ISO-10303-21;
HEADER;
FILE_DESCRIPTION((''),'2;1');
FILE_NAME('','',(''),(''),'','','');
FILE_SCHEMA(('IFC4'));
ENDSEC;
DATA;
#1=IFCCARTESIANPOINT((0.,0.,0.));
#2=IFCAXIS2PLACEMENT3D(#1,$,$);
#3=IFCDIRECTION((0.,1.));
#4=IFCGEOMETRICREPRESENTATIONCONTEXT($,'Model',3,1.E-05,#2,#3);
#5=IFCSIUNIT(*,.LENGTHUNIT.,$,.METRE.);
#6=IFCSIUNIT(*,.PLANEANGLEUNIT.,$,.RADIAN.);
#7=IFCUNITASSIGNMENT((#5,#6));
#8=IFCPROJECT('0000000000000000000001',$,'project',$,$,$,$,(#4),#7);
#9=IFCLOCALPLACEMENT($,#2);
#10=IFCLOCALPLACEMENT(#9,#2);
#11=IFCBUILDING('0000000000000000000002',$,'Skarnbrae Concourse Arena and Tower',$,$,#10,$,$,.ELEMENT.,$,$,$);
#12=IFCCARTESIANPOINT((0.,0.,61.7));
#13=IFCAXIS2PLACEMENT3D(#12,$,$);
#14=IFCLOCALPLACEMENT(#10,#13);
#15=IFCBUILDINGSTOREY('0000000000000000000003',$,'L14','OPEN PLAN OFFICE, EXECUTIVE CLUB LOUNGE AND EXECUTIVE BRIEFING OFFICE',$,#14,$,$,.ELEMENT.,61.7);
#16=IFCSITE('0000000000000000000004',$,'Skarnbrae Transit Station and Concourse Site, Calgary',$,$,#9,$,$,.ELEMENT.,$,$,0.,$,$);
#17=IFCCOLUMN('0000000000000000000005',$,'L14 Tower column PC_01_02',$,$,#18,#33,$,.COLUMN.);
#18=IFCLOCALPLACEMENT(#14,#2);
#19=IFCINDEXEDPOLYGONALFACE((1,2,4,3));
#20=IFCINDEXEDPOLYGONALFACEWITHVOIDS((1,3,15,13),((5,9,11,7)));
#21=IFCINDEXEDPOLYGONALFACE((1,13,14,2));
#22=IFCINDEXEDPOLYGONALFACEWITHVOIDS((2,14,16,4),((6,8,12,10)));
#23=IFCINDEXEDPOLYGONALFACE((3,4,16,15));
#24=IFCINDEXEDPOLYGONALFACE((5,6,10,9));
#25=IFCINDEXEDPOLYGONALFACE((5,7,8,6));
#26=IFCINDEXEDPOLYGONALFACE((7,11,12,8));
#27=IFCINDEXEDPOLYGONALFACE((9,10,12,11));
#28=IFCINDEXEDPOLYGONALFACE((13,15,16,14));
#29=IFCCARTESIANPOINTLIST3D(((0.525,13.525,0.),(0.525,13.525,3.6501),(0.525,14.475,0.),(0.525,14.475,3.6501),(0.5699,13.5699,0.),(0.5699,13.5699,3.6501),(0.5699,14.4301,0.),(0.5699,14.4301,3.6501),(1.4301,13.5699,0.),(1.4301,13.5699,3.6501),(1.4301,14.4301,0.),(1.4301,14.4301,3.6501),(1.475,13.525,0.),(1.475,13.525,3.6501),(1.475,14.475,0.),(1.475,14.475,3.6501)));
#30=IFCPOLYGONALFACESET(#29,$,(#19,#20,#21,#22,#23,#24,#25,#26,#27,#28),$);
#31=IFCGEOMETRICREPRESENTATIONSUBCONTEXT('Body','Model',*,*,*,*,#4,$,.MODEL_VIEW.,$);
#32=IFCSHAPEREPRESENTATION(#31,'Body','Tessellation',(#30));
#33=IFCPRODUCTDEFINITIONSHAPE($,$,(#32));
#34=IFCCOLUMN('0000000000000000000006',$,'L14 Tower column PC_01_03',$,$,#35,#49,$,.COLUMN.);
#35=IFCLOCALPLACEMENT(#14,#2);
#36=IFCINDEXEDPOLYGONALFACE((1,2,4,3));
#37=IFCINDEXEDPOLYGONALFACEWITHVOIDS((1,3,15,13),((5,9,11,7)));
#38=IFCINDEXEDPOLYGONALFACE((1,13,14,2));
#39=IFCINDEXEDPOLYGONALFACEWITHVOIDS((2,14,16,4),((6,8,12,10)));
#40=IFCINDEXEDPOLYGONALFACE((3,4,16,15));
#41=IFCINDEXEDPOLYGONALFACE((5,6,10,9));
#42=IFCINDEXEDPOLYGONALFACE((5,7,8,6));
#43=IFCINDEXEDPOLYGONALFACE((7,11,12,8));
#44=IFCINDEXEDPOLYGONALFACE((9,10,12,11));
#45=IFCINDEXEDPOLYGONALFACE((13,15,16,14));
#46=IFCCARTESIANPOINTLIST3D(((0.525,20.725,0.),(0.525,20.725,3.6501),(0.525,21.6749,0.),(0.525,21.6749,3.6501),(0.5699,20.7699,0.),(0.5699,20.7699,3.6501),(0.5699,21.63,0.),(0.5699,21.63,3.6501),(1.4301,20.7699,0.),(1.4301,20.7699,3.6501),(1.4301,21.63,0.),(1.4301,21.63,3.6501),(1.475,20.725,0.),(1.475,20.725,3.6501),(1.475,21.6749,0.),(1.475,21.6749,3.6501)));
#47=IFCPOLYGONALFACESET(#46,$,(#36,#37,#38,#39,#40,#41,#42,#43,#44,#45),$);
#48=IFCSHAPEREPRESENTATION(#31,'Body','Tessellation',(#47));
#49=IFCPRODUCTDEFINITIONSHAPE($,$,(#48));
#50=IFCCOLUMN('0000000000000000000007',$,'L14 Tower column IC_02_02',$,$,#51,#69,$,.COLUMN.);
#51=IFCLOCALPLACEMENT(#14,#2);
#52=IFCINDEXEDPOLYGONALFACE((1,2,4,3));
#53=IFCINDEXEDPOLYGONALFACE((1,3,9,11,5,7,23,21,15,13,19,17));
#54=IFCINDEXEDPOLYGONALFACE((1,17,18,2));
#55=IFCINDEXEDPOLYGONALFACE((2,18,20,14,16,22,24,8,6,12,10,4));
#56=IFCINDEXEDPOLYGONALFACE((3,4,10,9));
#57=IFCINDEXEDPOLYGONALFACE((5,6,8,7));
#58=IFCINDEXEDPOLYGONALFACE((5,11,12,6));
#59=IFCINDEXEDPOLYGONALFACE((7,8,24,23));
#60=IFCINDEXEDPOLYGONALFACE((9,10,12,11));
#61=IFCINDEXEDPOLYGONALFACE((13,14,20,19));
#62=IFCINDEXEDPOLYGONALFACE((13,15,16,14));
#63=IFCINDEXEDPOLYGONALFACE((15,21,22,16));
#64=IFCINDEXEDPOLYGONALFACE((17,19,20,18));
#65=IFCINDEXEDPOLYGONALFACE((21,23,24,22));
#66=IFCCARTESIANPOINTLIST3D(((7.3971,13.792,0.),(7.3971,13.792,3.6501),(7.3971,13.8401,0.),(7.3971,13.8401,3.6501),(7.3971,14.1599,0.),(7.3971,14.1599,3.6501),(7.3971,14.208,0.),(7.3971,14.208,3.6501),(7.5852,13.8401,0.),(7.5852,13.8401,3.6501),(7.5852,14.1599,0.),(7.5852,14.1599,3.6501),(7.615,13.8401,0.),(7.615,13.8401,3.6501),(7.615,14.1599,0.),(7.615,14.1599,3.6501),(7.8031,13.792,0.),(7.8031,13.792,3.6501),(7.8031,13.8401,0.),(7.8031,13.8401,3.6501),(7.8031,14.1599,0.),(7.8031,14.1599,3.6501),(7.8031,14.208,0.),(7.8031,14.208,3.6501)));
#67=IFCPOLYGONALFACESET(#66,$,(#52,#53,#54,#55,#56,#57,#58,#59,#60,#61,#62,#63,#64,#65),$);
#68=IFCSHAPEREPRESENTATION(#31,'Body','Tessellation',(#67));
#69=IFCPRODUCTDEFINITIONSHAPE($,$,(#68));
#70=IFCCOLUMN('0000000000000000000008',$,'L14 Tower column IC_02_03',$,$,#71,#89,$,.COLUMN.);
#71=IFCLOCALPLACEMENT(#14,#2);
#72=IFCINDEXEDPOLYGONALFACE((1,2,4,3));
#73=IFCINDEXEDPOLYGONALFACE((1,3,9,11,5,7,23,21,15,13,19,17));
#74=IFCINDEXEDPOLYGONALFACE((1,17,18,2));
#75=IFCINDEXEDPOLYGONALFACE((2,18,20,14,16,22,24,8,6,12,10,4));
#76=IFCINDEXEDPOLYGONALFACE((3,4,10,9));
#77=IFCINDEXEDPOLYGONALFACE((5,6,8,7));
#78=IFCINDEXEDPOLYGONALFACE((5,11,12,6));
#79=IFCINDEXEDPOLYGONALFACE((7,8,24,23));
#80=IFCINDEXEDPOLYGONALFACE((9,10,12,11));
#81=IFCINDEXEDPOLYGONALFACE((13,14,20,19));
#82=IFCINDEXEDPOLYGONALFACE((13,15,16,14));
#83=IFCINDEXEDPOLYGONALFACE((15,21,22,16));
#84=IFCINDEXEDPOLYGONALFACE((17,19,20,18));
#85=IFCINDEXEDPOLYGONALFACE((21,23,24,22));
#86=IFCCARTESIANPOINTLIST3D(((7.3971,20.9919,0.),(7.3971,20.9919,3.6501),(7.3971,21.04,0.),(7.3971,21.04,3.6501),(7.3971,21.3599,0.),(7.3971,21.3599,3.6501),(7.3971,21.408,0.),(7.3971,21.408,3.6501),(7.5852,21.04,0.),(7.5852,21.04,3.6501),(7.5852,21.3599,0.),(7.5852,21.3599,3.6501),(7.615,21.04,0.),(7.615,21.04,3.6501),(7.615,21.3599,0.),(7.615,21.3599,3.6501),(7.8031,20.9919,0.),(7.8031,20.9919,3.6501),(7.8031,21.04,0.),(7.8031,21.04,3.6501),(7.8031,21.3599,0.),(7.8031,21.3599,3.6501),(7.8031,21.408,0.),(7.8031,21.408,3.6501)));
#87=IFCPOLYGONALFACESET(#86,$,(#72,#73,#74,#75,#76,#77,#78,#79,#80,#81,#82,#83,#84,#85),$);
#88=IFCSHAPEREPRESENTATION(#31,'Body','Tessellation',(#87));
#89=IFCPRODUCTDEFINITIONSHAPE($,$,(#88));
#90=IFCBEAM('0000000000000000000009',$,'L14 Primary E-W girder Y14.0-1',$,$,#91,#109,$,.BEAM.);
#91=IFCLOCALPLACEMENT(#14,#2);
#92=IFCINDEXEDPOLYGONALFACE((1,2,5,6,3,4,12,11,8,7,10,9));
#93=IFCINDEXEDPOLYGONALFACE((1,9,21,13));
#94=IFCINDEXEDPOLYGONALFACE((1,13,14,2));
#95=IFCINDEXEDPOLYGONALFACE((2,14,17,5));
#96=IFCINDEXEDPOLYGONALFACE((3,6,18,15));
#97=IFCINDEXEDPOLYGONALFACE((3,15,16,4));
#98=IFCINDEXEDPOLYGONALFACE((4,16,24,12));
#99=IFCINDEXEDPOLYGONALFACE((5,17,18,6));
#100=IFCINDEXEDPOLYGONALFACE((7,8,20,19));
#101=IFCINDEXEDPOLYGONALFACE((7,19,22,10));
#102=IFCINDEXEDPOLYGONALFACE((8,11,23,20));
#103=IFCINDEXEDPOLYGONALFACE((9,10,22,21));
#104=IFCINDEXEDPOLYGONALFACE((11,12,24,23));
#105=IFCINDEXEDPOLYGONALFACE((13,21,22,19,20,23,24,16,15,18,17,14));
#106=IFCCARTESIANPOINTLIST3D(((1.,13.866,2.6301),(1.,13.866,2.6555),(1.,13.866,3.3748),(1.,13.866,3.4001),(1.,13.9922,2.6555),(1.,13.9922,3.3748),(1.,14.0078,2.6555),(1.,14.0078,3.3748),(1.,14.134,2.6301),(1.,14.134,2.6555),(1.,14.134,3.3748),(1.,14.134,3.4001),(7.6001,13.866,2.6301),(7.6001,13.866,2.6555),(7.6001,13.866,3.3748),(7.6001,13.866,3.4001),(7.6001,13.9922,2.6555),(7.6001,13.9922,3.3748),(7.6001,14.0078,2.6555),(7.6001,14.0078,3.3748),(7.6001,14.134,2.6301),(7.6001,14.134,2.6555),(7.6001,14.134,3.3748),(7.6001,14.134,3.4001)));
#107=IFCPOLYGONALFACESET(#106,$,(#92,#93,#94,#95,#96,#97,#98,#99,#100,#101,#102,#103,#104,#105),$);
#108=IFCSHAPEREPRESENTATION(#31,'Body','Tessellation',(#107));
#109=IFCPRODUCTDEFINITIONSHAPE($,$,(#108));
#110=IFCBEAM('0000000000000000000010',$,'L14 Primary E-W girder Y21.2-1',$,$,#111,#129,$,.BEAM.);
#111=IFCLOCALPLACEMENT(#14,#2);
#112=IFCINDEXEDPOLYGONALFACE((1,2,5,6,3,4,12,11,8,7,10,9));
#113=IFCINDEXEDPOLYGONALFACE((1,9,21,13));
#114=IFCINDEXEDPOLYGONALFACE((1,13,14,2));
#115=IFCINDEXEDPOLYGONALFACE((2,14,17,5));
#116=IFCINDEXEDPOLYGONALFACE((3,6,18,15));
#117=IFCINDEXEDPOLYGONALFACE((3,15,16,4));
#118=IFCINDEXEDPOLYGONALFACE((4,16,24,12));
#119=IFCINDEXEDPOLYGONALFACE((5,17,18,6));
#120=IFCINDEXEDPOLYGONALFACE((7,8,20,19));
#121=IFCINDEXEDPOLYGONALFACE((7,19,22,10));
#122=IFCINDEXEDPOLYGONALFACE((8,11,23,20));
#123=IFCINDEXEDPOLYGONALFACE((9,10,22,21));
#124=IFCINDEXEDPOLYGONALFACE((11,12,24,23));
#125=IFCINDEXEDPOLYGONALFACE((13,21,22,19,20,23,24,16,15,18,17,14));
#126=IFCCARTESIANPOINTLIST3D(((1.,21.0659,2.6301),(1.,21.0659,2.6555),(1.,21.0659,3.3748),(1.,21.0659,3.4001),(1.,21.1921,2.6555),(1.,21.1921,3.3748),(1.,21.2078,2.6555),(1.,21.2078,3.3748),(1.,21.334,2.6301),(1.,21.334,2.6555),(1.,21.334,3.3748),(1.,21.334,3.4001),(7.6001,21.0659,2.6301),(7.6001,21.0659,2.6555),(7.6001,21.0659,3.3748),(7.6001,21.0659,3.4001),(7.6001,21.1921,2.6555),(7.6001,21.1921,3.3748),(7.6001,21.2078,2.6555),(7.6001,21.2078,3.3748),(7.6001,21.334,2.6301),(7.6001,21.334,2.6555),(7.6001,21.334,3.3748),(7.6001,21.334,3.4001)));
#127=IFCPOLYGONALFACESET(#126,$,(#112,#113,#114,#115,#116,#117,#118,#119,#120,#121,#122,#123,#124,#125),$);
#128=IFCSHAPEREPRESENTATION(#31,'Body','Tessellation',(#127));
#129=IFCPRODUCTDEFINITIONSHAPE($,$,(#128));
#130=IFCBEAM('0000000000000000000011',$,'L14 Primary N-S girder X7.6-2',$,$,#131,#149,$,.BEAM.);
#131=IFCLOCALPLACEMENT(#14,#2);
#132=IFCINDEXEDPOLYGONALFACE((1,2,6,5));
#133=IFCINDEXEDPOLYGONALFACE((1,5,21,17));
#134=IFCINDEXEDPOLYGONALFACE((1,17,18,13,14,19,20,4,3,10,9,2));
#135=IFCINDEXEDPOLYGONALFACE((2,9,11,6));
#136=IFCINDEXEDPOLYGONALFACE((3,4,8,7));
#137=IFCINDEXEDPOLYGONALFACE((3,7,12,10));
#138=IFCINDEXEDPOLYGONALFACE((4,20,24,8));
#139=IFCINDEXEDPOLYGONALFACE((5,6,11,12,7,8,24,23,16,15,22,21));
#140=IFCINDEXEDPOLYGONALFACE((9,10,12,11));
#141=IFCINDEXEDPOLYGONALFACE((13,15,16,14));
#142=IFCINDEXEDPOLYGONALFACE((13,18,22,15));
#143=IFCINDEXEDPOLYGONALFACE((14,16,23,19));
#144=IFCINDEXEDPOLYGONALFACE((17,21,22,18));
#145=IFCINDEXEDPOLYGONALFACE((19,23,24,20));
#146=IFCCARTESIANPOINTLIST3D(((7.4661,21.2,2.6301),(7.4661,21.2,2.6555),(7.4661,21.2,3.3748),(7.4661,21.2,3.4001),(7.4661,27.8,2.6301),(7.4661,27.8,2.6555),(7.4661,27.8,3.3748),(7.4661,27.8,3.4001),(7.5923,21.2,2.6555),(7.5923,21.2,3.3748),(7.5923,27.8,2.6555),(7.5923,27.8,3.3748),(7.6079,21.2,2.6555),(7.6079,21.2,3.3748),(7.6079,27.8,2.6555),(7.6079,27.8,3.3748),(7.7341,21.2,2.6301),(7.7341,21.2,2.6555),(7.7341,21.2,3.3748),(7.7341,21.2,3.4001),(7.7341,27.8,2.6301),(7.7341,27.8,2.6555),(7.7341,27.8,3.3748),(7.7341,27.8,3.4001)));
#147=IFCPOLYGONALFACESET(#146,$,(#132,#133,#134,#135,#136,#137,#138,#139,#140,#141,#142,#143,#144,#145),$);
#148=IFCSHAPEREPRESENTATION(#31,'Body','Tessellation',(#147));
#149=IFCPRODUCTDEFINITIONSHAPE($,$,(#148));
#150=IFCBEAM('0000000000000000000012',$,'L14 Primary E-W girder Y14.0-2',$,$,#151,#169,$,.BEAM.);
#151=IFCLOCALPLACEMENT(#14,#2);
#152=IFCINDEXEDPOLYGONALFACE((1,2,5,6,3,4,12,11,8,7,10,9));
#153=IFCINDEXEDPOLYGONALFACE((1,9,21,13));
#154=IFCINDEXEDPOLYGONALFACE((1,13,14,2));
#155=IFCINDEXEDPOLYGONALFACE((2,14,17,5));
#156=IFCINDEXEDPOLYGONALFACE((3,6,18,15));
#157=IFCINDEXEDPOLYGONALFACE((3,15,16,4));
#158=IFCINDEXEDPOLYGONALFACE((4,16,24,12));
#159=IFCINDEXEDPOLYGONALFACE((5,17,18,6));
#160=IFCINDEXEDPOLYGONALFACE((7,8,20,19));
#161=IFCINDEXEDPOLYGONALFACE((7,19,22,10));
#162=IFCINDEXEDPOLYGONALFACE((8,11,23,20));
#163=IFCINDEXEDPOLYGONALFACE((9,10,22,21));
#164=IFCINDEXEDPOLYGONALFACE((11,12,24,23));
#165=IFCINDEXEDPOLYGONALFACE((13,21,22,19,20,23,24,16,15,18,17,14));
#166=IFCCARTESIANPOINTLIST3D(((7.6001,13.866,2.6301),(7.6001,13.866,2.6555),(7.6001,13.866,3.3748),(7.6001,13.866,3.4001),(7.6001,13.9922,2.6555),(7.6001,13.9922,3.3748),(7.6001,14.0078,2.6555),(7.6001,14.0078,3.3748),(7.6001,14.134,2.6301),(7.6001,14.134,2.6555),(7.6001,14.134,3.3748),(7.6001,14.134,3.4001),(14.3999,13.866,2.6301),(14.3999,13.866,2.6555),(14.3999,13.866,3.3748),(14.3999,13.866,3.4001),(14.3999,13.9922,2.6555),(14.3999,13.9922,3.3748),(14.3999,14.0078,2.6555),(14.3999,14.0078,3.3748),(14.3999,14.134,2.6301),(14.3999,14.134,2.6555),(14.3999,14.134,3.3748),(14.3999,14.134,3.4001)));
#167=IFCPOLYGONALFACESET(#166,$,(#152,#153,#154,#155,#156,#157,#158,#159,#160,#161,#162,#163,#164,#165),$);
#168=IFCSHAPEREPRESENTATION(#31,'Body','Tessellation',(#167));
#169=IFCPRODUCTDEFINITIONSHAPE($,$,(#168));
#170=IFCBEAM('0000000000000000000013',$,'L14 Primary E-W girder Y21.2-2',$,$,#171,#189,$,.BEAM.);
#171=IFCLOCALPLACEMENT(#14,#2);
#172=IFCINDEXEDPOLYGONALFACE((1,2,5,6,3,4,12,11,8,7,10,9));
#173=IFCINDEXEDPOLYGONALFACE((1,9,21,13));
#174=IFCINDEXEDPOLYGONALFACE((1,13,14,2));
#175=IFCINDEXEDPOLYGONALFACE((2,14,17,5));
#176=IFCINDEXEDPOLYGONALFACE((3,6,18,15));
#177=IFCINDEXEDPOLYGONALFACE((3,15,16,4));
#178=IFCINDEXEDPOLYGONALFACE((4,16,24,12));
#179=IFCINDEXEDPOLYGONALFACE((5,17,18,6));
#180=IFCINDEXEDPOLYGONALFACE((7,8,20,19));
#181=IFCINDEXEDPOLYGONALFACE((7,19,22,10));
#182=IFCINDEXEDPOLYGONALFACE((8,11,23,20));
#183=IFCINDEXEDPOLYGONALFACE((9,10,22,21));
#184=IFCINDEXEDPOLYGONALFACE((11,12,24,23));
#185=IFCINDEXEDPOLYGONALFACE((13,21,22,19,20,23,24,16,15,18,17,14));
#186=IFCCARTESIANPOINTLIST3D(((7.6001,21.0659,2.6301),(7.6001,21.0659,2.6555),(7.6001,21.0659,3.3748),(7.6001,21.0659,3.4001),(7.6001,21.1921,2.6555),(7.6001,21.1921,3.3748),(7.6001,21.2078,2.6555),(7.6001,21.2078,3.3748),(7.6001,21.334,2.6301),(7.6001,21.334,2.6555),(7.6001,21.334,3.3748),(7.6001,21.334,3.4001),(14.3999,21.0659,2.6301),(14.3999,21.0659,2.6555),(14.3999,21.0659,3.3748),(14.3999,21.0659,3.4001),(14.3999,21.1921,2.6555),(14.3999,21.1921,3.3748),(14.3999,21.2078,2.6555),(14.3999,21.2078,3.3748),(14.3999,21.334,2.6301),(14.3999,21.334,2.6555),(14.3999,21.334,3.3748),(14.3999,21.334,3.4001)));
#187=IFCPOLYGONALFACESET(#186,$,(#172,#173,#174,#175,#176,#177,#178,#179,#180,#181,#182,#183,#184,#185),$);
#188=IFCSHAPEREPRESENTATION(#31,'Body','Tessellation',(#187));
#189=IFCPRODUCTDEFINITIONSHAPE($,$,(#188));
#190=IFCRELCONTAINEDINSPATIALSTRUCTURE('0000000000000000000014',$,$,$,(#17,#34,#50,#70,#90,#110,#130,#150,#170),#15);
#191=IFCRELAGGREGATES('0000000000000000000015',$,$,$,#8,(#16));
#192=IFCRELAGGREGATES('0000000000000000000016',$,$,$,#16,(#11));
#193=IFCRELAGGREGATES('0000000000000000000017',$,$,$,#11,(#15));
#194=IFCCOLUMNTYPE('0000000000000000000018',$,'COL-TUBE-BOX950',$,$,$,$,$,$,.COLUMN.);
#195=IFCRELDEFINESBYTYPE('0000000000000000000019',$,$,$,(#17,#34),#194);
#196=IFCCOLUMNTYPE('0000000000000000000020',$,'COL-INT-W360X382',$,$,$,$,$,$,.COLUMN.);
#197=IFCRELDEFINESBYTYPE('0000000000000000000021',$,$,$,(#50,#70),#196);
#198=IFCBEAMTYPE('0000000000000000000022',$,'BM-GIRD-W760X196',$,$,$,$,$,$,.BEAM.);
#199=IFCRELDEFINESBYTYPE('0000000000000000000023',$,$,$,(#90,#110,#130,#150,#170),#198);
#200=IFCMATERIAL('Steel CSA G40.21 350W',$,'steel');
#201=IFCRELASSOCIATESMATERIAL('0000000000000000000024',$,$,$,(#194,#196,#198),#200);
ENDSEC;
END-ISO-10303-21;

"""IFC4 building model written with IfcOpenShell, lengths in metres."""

from ifc_helpers import new_model, si_unit, direction, frame, origin, origin_2d, place, context, subcontext, project, spatial, hollow_rectangle, i_section, extrude, source, transform, mapped, material, material_profile, profile_set, type_object, element, save


model = new_model("IFC4")

# Units and contexts
model_context = context("Model", 3, precision=1e-05, world=origin(), true_north=direction((0.0, 1.0)))
body_context = subcontext(model_context, "Body", "Model", "MODEL_VIEW")
ifc_project = project(units=[si_unit("LENGTHUNIT", "METRE"), si_unit("PLANEANGLEUNIT", "RADIAN")], contexts=[model_context])

# Site, building, storey
site_placement = place(None, origin())
site = spatial("IfcSite", under=ifc_project, at=site_placement, Name="Skarnbrae Transit Station and Concourse Site, Calgary", CompositionType="ELEMENT", RefElevation=0.0)
building_placement = place(site_placement, origin())
building = spatial("IfcBuilding", under=site, at=building_placement, Name="Skarnbrae Concourse Arena and Tower", CompositionType="ELEMENT")
storey_placement = place(building_placement, frame((0.0, 0.0, 61.7)))
storey = spatial("IfcBuildingStorey", under=building, at=storey_placement, Name="L14", Description="OPEN PLAN OFFICE, EXECUTIVE CLUB LOUNGE AND EXECUTIVE BRIEFING OFFICE", CompositionType="ELEMENT", Elevation=61.7)

# Columns
ifc_material_1 = material(Name="Steel CSA G40.21 350W", Category="steel")
ifc_material_profile_1 = material_profile(ifc_material_1, hollow_rectangle(XDim=0.95, YDim=0.95, WallThickness=0.0449, at=origin_2d()), Name="BOX950X950X45")
ifc_profile_set_1 = profile_set([ifc_material_profile_1], Name="Steel CSA G40.21 350W")
column_type_1 = type_object("IfcColumnType", Name="COL-TUBE-BOX950", PredefinedType="COLUMN", material=ifc_profile_set_1)
shared_shape_1 = source(origin(), body_context, "Body", "SweptSolid", [
    extrude(hollow_rectangle(XDim=0.95, YDim=0.95, WallThickness=0.0449, at=origin_2d()), origin(), (0.0, 0.0, 1.0), 3.6501),
])
for number, where, z_axis, x_axis, name in (
    (1, (1.0, 14.0, 0.0), (0.0, 0.0, 1.0), (1.0, 0.0, 0.0), "L14 Tower column PC_01_02"),
    (2, (1.0, 21.2, 0.0), (0.0, 0.0, 1.0), (1.0, 0.0, 0.0), "L14 Tower column PC_01_03"),
):
    element("IfcColumn", number, at=place(storey_placement, frame(where, z_axis=z_axis, x_axis=x_axis)), inside=storey, type_object=column_type_1, Name=name, PredefinedType="COLUMN", context=body_context, shape_type="MappedRepresentation", body=[
        mapped(shared_shape_1, transform((0.0, 0.0, 0.0))),
    ])
ifc_material_profile_2 = material_profile(ifc_material_1, i_section(OverallWidth=0.406, OverallDepth=0.416, WebThickness=0.0298, FlangeThickness=0.0481, at=origin_2d()), Name="W360X382")
ifc_profile_set_2 = profile_set([ifc_material_profile_2], Name="Steel CSA G40.21 350W")
column_type_2 = type_object("IfcColumnType", Name="COL-INT-W360X382", PredefinedType="COLUMN", material=ifc_profile_set_2)
shared_shape_2 = source(origin(), body_context, "Body", "SweptSolid", [
    extrude(i_section(OverallWidth=0.406, OverallDepth=0.416, WebThickness=0.0298, FlangeThickness=0.0481, at=origin_2d()), origin(), (0.0, 0.0, 1.0), 3.6501),
])
for number, where, z_axis, x_axis, name in (
    (3, (7.6001, 14.0, 0.0), (0.0, 0.0, 1.0), (1.0, 0.0, 0.0), "L14 Tower column IC_02_02"),
    (4, (7.6001, 21.2, 0.0), (0.0, 0.0, 1.0), (1.0, 0.0, 0.0), "L14 Tower column IC_02_03"),
):
    element("IfcColumn", number, at=place(storey_placement, frame(where, z_axis=z_axis, x_axis=x_axis)), inside=storey, type_object=column_type_2, Name=name, PredefinedType="COLUMN", context=body_context, shape_type="MappedRepresentation", body=[
        mapped(shared_shape_2, transform((0.0, 0.0, 0.0))),
    ])

# Beams
ifc_material_profile_3 = material_profile(ifc_material_1, i_section(OverallWidth=0.2681, OverallDepth=0.77, WebThickness=0.0156, FlangeThickness=0.0254, at=origin_2d()), Name="W760X196")
ifc_profile_set_3 = profile_set([ifc_material_profile_3], Name="Steel CSA G40.21 350W")
beam_type_1 = type_object("IfcBeamType", Name="BM-GIRD-W760X196", PredefinedType="BEAM", material=ifc_profile_set_3)
shared_shape_3 = source(origin(), body_context, "Body", "SweptSolid", [
    extrude(i_section(OverallWidth=0.2681, OverallDepth=0.77, WebThickness=0.0156, FlangeThickness=0.0254, at=origin_2d()), origin(), (0.0, 0.0, 1.0), 6.6001),
])
for number, where, z_axis, x_axis, name in (
    (5, (1.0, 14.0, 3.0151), (1.0, 0.0, 0.0), (0.0, 1.0, 0.0), "L14 Primary E-W girder Y14.0-1"),
    (6, (1.0, 21.2, 3.0151), (1.0, 0.0, 0.0), (0.0, 1.0, 0.0), "L14 Primary E-W girder Y21.2-1"),
    (7, (7.6001, 21.2, 3.0151), (0.0, 1.0, 0.0), (-1.0, 0.0, 0.0), "L14 Primary N-S girder X7.6-2"),
):
    element("IfcBeam", number, at=place(storey_placement, frame(where, z_axis=z_axis, x_axis=x_axis)), inside=storey, type_object=beam_type_1, Name=name, PredefinedType="BEAM", context=body_context, shape_type="MappedRepresentation", body=[
        mapped(shared_shape_3, transform((0.0, 0.0, 0.0))),
    ])
shared_shape_4 = source(origin(), body_context, "Body", "SweptSolid", [
    extrude(i_section(OverallWidth=0.2681, OverallDepth=0.77, WebThickness=0.0156, FlangeThickness=0.0254, at=origin_2d()), origin(), (0.0, 0.0, 1.0), 6.7998),
])
for number, where, z_axis, x_axis, name in (
    (8, (7.6001, 14.0, 3.0151), (1.0, 0.0, 0.0), (0.0, 1.0, 0.0), "L14 Primary E-W girder Y14.0-2"),
    (9, (7.6001, 21.2, 3.0151), (1.0, 0.0, 0.0), (0.0, 1.0, 0.0), "L14 Primary E-W girder Y21.2-2"),
):
    element("IfcBeam", number, at=place(storey_placement, frame(where, z_axis=z_axis, x_axis=x_axis)), inside=storey, type_object=beam_type_1, Name=name, PredefinedType="BEAM", context=body_context, shape_type="MappedRepresentation", body=[
        mapped(shared_shape_4, transform((0.0, 0.0, 0.0))),
    ])

save(model, "model.ifc")
